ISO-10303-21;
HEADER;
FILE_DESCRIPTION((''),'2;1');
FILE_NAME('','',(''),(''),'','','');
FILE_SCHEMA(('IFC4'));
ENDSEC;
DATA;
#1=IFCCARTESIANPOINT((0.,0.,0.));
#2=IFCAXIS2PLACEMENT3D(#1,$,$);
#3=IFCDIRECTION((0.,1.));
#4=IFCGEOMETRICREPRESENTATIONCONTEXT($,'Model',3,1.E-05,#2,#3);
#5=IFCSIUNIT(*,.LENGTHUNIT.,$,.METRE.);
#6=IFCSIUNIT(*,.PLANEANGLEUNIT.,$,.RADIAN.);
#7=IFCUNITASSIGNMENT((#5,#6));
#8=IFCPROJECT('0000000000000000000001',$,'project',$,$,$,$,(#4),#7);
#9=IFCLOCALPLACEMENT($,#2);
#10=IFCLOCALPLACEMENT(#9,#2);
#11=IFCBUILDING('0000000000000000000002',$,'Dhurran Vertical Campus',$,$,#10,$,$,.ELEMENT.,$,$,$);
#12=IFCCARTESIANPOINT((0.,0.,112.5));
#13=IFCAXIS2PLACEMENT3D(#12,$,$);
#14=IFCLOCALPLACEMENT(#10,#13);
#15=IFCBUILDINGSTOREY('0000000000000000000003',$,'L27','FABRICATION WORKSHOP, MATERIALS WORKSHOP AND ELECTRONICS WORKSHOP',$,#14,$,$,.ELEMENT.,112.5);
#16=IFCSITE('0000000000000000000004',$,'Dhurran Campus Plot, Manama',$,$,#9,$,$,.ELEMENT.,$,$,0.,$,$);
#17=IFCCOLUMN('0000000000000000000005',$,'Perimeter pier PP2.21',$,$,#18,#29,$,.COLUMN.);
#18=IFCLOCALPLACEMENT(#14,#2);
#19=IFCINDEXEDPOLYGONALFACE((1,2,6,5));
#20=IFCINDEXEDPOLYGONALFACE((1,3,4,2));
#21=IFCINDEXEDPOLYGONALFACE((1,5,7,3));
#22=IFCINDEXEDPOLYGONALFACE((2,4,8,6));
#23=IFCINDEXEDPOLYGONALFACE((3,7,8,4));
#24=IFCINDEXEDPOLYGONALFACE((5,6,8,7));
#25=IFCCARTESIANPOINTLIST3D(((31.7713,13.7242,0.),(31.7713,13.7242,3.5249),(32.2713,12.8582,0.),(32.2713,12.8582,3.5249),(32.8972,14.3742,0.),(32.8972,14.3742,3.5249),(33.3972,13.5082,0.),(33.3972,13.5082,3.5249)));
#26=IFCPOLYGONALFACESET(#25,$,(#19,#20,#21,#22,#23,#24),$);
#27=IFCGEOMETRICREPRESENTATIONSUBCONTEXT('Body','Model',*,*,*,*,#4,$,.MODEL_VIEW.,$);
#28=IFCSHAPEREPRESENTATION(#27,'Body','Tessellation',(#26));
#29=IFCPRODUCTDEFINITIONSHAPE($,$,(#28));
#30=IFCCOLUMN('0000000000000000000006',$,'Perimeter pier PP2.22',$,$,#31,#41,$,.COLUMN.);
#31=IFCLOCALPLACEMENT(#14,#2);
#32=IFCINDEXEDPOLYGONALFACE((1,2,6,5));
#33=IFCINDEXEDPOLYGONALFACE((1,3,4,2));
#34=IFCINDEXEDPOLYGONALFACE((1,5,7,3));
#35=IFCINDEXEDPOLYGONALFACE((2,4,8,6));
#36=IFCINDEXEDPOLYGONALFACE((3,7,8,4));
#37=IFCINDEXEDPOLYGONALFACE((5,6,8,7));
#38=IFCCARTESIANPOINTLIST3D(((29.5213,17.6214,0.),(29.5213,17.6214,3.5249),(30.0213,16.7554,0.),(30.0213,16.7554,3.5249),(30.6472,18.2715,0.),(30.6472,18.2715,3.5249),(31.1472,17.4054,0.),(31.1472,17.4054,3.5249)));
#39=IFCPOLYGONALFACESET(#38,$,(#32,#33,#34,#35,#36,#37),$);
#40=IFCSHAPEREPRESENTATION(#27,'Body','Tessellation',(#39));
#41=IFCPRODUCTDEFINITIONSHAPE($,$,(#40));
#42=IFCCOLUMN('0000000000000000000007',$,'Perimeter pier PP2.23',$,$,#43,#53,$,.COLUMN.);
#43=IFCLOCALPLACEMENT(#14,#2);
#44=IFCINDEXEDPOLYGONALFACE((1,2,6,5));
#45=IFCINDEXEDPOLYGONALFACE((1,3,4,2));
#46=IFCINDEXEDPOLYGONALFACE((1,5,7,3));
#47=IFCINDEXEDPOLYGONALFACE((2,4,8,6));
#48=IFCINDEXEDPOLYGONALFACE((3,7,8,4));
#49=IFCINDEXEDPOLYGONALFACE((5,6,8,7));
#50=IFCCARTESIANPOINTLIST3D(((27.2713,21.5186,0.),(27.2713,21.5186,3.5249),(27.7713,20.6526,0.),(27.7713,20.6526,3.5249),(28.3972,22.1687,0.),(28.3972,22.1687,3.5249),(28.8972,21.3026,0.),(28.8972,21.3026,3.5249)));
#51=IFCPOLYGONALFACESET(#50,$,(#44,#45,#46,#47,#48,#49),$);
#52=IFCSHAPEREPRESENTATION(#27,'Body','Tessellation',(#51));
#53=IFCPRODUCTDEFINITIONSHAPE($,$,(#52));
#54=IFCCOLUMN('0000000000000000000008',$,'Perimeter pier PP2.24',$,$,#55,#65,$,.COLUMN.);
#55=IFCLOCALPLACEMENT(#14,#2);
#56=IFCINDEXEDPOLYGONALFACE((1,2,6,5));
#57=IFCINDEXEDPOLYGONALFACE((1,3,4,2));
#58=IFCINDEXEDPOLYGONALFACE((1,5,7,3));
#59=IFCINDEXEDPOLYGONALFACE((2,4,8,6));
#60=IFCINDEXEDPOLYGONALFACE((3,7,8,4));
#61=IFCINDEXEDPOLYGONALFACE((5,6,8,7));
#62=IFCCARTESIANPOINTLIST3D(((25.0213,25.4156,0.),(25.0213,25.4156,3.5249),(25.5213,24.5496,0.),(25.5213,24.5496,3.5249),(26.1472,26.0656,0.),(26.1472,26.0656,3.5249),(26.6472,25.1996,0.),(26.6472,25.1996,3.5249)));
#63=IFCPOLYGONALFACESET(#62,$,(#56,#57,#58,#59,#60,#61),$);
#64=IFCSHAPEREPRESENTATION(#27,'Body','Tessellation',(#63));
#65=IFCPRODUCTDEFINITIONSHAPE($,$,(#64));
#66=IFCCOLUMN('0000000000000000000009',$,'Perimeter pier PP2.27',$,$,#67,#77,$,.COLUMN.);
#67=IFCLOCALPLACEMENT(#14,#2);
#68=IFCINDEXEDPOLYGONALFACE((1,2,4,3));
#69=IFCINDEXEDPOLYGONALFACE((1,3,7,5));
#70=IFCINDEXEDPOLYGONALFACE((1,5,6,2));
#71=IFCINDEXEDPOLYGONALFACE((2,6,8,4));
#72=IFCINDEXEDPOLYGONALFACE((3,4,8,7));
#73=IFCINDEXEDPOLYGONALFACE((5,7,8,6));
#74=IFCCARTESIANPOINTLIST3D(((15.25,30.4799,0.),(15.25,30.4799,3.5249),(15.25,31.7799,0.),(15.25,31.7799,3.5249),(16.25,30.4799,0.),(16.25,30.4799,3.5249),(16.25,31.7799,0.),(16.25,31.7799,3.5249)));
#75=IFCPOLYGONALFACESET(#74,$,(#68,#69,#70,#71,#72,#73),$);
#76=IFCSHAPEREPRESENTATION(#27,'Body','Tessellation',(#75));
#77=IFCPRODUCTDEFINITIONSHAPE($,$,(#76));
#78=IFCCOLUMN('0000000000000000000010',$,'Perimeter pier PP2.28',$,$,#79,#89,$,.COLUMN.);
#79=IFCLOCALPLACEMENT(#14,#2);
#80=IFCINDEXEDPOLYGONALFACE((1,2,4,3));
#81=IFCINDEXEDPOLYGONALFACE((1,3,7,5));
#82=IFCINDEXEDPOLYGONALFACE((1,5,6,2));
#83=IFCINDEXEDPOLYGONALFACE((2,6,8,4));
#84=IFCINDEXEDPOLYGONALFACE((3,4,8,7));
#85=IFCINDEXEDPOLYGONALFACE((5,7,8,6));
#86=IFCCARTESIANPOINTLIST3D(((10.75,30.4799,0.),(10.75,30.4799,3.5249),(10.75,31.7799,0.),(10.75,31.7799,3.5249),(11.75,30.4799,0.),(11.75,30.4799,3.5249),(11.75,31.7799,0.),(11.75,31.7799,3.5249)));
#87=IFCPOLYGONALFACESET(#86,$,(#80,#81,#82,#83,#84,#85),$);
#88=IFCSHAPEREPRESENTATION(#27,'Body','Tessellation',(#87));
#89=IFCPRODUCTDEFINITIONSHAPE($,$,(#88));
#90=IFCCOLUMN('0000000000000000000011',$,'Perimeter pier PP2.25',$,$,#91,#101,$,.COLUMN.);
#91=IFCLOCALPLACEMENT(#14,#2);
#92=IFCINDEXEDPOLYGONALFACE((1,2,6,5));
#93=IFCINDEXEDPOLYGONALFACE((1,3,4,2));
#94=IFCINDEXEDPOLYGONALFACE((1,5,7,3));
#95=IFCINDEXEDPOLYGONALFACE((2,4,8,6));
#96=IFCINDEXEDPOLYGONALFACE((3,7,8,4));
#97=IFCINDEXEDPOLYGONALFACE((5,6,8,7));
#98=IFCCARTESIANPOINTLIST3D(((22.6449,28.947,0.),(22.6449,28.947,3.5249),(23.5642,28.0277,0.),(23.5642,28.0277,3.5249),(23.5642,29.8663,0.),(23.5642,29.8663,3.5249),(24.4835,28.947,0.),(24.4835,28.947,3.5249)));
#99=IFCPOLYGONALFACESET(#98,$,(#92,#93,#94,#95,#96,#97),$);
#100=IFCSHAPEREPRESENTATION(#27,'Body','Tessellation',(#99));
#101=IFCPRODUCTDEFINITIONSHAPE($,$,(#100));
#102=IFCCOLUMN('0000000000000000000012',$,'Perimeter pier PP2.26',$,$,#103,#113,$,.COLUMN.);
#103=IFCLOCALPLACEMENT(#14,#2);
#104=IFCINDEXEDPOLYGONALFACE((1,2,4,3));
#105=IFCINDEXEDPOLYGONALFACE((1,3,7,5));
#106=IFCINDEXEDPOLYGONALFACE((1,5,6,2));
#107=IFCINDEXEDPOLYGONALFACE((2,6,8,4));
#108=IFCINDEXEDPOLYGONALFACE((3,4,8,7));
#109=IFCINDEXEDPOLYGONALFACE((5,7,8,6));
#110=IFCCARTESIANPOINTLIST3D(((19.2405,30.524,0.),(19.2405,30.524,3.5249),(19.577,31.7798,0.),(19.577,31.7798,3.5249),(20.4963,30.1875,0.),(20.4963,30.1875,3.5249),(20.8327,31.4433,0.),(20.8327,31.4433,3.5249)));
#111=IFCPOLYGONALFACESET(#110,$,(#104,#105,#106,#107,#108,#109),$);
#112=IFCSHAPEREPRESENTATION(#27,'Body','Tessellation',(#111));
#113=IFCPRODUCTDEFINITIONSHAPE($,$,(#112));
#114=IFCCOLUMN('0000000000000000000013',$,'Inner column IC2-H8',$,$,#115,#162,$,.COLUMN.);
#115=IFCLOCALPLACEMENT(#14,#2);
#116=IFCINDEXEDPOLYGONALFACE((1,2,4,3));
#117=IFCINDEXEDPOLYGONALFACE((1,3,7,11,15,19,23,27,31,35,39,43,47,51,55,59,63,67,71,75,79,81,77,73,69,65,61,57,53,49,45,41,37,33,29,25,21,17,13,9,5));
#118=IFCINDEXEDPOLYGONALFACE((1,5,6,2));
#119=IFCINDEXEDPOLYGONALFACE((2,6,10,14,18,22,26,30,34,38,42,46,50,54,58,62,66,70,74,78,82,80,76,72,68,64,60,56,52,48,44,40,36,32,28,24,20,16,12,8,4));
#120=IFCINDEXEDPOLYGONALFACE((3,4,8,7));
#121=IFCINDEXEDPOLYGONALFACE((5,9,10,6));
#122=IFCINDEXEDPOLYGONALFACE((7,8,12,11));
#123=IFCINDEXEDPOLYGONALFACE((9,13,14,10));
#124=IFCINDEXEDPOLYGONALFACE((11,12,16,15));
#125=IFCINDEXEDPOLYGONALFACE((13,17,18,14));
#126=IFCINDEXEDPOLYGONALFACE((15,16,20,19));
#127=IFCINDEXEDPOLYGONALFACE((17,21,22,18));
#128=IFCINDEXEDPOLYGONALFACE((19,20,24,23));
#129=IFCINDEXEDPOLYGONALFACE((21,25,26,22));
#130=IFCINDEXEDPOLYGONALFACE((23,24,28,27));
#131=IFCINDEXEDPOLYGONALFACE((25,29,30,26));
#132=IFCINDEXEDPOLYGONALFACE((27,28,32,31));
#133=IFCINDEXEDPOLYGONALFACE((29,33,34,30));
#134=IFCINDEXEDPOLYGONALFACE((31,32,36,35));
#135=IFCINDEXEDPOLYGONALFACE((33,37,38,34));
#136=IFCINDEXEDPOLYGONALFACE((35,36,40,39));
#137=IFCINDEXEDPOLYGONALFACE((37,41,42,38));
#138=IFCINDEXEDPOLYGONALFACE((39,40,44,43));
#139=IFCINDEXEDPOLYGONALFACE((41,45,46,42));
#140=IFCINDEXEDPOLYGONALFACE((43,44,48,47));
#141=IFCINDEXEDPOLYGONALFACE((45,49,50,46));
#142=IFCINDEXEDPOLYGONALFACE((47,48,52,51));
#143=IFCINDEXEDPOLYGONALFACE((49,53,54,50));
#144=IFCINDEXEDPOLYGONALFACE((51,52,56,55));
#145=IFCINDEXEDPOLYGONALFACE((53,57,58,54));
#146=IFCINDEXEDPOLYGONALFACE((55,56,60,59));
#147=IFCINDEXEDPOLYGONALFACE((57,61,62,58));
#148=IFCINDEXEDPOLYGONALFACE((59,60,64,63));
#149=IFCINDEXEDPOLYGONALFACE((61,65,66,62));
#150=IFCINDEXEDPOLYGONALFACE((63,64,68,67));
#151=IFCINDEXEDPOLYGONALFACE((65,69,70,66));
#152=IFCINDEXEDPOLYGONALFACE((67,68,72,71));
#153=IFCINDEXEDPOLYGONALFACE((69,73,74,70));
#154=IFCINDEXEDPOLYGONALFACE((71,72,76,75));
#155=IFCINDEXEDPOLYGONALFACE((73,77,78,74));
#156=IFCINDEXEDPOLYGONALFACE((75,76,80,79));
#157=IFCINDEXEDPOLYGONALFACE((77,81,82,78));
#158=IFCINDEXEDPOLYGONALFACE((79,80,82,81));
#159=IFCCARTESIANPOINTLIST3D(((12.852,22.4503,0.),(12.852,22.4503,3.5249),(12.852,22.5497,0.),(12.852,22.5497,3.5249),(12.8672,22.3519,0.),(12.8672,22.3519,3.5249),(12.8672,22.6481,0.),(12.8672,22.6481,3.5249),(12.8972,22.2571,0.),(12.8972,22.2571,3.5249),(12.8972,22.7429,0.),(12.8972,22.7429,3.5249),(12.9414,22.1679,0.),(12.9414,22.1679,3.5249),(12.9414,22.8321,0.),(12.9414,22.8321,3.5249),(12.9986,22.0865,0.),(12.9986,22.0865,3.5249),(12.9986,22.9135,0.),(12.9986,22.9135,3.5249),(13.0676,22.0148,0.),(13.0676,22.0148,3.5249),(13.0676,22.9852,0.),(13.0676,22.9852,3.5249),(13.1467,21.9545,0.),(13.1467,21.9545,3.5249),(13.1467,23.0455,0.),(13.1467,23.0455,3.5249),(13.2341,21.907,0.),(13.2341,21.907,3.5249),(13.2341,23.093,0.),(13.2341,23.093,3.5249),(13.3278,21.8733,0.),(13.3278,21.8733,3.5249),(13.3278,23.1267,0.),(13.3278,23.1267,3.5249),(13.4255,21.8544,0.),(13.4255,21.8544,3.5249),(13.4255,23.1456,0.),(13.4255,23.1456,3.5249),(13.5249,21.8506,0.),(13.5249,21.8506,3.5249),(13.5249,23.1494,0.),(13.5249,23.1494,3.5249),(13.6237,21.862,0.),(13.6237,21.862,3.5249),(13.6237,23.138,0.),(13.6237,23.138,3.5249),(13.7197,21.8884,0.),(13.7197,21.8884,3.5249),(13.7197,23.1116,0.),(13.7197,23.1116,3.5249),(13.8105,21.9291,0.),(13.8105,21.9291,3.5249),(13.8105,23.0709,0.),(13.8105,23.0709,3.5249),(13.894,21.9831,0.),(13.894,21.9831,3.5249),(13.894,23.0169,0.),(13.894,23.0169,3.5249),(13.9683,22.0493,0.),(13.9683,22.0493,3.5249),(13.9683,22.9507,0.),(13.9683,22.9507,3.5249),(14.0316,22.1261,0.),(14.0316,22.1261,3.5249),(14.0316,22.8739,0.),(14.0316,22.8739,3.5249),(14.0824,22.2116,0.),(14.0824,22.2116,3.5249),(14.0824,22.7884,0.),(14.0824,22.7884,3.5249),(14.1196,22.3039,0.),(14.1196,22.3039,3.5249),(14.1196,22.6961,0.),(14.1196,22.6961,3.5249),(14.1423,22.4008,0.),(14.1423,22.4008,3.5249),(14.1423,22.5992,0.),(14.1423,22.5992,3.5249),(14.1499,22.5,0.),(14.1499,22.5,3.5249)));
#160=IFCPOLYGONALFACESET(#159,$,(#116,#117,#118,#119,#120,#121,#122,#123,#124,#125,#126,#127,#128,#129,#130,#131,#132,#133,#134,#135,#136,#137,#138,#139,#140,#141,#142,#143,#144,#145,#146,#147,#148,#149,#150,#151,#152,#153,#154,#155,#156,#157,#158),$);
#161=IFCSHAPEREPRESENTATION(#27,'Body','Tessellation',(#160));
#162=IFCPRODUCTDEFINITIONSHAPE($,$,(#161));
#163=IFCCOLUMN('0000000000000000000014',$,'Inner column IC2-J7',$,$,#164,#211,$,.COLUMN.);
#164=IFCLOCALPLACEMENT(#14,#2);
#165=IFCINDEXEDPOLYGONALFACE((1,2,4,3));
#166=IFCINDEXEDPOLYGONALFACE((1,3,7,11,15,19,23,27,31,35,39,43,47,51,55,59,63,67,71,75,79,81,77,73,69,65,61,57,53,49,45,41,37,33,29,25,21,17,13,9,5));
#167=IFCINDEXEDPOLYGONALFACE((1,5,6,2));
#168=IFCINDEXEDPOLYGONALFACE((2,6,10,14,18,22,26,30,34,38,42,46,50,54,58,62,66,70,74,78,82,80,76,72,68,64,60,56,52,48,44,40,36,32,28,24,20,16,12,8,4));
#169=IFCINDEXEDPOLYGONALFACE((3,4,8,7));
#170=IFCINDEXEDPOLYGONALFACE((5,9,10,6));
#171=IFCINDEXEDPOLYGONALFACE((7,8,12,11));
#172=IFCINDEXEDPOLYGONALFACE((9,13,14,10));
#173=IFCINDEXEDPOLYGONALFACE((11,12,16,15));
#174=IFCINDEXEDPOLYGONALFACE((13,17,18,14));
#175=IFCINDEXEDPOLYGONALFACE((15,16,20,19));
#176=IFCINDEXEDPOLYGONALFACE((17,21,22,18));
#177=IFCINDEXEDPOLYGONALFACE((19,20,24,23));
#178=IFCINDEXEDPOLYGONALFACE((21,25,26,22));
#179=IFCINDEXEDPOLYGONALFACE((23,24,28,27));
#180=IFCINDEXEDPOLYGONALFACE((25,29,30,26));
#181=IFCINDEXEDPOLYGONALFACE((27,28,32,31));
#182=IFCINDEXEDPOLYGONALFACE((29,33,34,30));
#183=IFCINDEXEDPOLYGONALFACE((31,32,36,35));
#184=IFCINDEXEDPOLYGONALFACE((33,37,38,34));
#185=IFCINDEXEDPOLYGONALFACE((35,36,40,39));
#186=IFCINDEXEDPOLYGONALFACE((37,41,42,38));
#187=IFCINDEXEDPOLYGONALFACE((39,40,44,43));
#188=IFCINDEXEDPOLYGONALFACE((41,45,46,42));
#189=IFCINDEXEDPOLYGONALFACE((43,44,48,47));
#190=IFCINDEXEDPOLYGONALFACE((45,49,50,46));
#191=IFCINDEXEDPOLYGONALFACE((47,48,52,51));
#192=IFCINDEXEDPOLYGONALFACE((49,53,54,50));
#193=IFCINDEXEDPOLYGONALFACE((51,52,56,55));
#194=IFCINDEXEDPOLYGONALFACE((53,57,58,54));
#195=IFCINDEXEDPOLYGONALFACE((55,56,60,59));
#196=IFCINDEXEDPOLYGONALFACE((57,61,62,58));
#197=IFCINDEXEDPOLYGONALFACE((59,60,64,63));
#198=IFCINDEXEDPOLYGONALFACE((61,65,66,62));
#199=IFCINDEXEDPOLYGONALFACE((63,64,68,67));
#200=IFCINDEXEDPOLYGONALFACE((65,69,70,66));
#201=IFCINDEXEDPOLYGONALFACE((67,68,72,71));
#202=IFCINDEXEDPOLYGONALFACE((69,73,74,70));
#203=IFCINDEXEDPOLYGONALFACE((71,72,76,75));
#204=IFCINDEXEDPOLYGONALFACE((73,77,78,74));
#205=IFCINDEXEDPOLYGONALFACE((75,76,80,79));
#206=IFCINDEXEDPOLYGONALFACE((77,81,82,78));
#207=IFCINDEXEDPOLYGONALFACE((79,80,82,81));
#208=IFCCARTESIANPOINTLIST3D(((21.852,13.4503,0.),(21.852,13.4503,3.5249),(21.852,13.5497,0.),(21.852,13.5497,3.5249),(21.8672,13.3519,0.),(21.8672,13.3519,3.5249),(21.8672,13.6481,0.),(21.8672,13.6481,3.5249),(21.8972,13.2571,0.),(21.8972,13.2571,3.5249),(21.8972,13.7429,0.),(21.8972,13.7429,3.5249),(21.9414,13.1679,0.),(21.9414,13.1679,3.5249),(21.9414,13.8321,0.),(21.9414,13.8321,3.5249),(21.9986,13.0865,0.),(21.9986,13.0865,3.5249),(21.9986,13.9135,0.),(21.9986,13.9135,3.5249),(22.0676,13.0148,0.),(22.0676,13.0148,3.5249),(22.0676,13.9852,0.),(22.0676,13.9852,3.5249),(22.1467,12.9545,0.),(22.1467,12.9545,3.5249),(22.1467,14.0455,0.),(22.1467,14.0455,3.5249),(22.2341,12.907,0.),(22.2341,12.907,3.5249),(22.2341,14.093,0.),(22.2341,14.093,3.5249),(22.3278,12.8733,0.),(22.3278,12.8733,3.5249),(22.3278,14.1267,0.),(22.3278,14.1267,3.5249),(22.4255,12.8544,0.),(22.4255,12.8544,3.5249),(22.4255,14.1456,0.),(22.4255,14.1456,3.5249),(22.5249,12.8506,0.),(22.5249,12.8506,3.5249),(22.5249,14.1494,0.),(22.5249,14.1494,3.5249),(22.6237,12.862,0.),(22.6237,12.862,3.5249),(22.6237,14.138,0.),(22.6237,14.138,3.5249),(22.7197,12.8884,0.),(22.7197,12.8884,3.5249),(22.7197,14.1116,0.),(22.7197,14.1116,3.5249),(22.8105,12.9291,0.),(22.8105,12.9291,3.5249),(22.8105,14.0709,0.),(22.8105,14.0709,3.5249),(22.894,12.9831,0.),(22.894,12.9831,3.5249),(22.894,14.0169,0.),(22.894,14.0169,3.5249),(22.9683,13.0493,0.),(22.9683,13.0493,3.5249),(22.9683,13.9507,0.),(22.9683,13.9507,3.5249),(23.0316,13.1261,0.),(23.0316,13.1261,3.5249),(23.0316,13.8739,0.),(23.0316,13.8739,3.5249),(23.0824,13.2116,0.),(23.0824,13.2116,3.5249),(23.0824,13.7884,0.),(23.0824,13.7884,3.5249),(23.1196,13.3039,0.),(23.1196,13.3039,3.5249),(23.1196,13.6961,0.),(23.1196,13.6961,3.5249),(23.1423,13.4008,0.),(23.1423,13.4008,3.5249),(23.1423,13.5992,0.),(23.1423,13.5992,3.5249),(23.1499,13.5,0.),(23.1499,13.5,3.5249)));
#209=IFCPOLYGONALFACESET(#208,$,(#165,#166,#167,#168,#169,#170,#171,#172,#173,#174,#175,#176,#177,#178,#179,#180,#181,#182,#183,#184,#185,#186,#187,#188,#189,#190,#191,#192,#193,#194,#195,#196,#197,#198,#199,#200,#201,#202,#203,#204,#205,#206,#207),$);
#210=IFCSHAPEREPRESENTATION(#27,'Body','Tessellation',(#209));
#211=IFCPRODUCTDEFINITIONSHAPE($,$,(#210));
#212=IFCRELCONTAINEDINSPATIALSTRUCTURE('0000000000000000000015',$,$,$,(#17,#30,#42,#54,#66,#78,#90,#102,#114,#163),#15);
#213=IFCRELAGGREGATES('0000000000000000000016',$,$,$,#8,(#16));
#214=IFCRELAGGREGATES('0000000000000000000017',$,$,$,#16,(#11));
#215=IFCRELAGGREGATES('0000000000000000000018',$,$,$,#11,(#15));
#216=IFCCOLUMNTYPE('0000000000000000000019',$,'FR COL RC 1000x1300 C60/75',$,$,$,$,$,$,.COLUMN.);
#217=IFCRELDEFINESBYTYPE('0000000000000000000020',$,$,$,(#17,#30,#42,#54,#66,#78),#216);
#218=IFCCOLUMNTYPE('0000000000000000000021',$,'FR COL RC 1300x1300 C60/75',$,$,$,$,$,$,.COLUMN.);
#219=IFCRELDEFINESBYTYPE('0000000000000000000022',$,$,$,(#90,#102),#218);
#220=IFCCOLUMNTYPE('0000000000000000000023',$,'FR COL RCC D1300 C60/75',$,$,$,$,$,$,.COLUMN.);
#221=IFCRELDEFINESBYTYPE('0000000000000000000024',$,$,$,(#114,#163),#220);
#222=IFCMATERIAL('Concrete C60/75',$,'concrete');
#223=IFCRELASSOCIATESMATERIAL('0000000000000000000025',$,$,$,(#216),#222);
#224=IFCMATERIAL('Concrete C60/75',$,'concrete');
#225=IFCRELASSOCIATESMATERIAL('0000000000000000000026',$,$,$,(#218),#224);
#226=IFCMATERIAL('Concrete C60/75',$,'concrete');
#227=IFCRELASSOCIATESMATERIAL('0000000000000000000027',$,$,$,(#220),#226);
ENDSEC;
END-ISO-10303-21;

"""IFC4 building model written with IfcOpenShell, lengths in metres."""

from ifc_helpers import new_model, si_unit, direction, frame, origin, origin_2d, place, context, subcontext, project, spatial, rectangle, circle, extrude, material, material_profile, profile_set, type_object, element, save


model = new_model("IFC4")

# Units and contexts
model_context = context("Model", 3, precision=1e-05, world=origin(), true_north=direction((0.0, 1.0)))
body_context = subcontext(model_context, "Body", "Model", "MODEL_VIEW")
ifc_project = project(units=[si_unit("LENGTHUNIT", "METRE"), si_unit("PLANEANGLEUNIT", "RADIAN")], contexts=[model_context])

# Site, building, storey
site_placement = place(None, origin())
site = spatial("IfcSite", under=ifc_project, at=site_placement, Name="Dhurran Campus Plot, Manama", CompositionType="ELEMENT", RefElevation=0.0)
building_placement = place(site_placement, origin())
building = spatial("IfcBuilding", under=site, at=building_placement, Name="Dhurran Vertical Campus", CompositionType="ELEMENT")
storey_placement = place(building_placement, frame((0.0, 0.0, 112.5)))
storey = spatial("IfcBuildingStorey", under=building, at=storey_placement, Name="L27", Description="FABRICATION WORKSHOP, MATERIALS WORKSHOP AND ELECTRONICS WORKSHOP", CompositionType="ELEMENT", Elevation=112.5)

# Columns
ifc_material_1 = material(Name="Concrete C60/75", Category="concrete")
ifc_material_profile_1 = material_profile(ifc_material_1, rectangle(XDim=1.0, YDim=1.3, at=origin_2d()), Name="RC 1000x1300")
ifc_profile_set_1 = profile_set([ifc_material_profile_1], Name="Concrete C60/75")
column_type_1 = type_object("IfcColumnType", Name="FR COL RC 1000x1300 C60/75", PredefinedType="COLUMN", material=ifc_profile_set_1)
for number, where, z_axis, x_axis, name in (
    (1, (32.5842, 13.6162, 0.0), (0.0, 0.0, 1.0), (-0.5, 0.866025, 0.0), "Perimeter pier PP2.21"),
    (2, (30.3342, 17.5134, 0.0), (0.0, 0.0, 1.0), (-0.5, 0.866025, 0.0), "Perimeter pier PP2.22"),
    (3, (28.0842, 21.4106, 0.0), (0.0, 0.0, 1.0), (-0.5, 0.866025, 0.0), "Perimeter pier PP2.23"),
    (4, (25.8342, 25.3076, 0.0), (0.0, 0.0, 1.0), (-0.5, 0.866025, 0.0), "Perimeter pier PP2.24"),
    (5, (15.75, 31.1299, 0.0), (0.0, 0.0, 1.0), (-1.0, 0.0, 0.0), "Perimeter pier PP2.27"),
    (6, (11.25, 31.1299, 0.0), (0.0, 0.0, 1.0), (-1.0, 0.0, 0.0), "Perimeter pier PP2.28"),
):
    element("IfcColumn", number, at=place(storey_placement, frame(where, z_axis=z_axis, x_axis=x_axis)), inside=storey, type_object=column_type_1, Name=name, PredefinedType="COLUMN", context=body_context, shape_type="SweptSolid", body=[
        extrude(rectangle(XDim=1.0, YDim=1.3, at=origin_2d()), origin(), (0.0, 0.0, 1.0), 3.5249),
    ])
ifc_material_2 = material(Name="Concrete C60/75", Category="concrete")
ifc_material_profile_2 = material_profile(ifc_material_2, rectangle(XDim=1.3, YDim=1.3, at=origin_2d()), Name="RC 1300x1300")
ifc_profile_set_2 = profile_set([ifc_material_profile_2], Name="Concrete C60/75")
column_type_2 = type_object("IfcColumnType", Name="FR COL RC 1300x1300 C60/75", PredefinedType="COLUMN", material=ifc_profile_set_2)
for number, where, z_axis, x_axis, name in (
    (7, (23.5642, 28.947, 0.0), (0.0, 0.0, 1.0), (-0.707107, 0.707107, 0.0), "Perimeter pier PP2.25"),
    (8, (20.0366, 30.9836, 0.0), (0.0, 0.0, 1.0), (-0.965926, 0.258819, 0.0), "Perimeter pier PP2.26"),
):
    element("IfcColumn", number, at=place(storey_placement, frame(where, z_axis=z_axis, x_axis=x_axis)), inside=storey, type_object=column_type_2, Name=name, PredefinedType="COLUMN", context=body_context, shape_type="SweptSolid", body=[
        extrude(rectangle(XDim=1.3, YDim=1.3, at=origin_2d()), origin(), (0.0, 0.0, 1.0), 3.5249),
    ])
ifc_material_3 = material(Name="Concrete C60/75", Category="concrete")
ifc_material_profile_3 = material_profile(ifc_material_3, circle(Radius=0.6499, at=origin_2d()), Name="RCC D1300")
ifc_profile_set_3 = profile_set([ifc_material_profile_3], Name="Concrete C60/75")
column_type_3 = type_object("IfcColumnType", Name="FR COL RCC D1300 C60/75", PredefinedType="COLUMN", material=ifc_profile_set_3)
for number, where, z_axis, x_axis, name in (
    (9, (13.5, 22.5, 0.0), (0.0, 0.0, 1.0), (1.0, 0.0, 0.0), "Inner column IC2-H8"),
    (10, (22.5, 13.5, 0.0), (0.0, 0.0, 1.0), (1.0, 0.0, 0.0), "Inner column IC2-J7"),
):
    element("IfcColumn", number, at=place(storey_placement, frame(where, z_axis=z_axis, x_axis=x_axis)), inside=storey, type_object=column_type_3, Name=name, PredefinedType="COLUMN", context=body_context, shape_type="SweptSolid", body=[
        extrude(circle(Radius=0.6499, at=origin_2d()), origin(), (0.0, 0.0, 1.0), 3.5249),
    ])

save(model, "model.ifc")
